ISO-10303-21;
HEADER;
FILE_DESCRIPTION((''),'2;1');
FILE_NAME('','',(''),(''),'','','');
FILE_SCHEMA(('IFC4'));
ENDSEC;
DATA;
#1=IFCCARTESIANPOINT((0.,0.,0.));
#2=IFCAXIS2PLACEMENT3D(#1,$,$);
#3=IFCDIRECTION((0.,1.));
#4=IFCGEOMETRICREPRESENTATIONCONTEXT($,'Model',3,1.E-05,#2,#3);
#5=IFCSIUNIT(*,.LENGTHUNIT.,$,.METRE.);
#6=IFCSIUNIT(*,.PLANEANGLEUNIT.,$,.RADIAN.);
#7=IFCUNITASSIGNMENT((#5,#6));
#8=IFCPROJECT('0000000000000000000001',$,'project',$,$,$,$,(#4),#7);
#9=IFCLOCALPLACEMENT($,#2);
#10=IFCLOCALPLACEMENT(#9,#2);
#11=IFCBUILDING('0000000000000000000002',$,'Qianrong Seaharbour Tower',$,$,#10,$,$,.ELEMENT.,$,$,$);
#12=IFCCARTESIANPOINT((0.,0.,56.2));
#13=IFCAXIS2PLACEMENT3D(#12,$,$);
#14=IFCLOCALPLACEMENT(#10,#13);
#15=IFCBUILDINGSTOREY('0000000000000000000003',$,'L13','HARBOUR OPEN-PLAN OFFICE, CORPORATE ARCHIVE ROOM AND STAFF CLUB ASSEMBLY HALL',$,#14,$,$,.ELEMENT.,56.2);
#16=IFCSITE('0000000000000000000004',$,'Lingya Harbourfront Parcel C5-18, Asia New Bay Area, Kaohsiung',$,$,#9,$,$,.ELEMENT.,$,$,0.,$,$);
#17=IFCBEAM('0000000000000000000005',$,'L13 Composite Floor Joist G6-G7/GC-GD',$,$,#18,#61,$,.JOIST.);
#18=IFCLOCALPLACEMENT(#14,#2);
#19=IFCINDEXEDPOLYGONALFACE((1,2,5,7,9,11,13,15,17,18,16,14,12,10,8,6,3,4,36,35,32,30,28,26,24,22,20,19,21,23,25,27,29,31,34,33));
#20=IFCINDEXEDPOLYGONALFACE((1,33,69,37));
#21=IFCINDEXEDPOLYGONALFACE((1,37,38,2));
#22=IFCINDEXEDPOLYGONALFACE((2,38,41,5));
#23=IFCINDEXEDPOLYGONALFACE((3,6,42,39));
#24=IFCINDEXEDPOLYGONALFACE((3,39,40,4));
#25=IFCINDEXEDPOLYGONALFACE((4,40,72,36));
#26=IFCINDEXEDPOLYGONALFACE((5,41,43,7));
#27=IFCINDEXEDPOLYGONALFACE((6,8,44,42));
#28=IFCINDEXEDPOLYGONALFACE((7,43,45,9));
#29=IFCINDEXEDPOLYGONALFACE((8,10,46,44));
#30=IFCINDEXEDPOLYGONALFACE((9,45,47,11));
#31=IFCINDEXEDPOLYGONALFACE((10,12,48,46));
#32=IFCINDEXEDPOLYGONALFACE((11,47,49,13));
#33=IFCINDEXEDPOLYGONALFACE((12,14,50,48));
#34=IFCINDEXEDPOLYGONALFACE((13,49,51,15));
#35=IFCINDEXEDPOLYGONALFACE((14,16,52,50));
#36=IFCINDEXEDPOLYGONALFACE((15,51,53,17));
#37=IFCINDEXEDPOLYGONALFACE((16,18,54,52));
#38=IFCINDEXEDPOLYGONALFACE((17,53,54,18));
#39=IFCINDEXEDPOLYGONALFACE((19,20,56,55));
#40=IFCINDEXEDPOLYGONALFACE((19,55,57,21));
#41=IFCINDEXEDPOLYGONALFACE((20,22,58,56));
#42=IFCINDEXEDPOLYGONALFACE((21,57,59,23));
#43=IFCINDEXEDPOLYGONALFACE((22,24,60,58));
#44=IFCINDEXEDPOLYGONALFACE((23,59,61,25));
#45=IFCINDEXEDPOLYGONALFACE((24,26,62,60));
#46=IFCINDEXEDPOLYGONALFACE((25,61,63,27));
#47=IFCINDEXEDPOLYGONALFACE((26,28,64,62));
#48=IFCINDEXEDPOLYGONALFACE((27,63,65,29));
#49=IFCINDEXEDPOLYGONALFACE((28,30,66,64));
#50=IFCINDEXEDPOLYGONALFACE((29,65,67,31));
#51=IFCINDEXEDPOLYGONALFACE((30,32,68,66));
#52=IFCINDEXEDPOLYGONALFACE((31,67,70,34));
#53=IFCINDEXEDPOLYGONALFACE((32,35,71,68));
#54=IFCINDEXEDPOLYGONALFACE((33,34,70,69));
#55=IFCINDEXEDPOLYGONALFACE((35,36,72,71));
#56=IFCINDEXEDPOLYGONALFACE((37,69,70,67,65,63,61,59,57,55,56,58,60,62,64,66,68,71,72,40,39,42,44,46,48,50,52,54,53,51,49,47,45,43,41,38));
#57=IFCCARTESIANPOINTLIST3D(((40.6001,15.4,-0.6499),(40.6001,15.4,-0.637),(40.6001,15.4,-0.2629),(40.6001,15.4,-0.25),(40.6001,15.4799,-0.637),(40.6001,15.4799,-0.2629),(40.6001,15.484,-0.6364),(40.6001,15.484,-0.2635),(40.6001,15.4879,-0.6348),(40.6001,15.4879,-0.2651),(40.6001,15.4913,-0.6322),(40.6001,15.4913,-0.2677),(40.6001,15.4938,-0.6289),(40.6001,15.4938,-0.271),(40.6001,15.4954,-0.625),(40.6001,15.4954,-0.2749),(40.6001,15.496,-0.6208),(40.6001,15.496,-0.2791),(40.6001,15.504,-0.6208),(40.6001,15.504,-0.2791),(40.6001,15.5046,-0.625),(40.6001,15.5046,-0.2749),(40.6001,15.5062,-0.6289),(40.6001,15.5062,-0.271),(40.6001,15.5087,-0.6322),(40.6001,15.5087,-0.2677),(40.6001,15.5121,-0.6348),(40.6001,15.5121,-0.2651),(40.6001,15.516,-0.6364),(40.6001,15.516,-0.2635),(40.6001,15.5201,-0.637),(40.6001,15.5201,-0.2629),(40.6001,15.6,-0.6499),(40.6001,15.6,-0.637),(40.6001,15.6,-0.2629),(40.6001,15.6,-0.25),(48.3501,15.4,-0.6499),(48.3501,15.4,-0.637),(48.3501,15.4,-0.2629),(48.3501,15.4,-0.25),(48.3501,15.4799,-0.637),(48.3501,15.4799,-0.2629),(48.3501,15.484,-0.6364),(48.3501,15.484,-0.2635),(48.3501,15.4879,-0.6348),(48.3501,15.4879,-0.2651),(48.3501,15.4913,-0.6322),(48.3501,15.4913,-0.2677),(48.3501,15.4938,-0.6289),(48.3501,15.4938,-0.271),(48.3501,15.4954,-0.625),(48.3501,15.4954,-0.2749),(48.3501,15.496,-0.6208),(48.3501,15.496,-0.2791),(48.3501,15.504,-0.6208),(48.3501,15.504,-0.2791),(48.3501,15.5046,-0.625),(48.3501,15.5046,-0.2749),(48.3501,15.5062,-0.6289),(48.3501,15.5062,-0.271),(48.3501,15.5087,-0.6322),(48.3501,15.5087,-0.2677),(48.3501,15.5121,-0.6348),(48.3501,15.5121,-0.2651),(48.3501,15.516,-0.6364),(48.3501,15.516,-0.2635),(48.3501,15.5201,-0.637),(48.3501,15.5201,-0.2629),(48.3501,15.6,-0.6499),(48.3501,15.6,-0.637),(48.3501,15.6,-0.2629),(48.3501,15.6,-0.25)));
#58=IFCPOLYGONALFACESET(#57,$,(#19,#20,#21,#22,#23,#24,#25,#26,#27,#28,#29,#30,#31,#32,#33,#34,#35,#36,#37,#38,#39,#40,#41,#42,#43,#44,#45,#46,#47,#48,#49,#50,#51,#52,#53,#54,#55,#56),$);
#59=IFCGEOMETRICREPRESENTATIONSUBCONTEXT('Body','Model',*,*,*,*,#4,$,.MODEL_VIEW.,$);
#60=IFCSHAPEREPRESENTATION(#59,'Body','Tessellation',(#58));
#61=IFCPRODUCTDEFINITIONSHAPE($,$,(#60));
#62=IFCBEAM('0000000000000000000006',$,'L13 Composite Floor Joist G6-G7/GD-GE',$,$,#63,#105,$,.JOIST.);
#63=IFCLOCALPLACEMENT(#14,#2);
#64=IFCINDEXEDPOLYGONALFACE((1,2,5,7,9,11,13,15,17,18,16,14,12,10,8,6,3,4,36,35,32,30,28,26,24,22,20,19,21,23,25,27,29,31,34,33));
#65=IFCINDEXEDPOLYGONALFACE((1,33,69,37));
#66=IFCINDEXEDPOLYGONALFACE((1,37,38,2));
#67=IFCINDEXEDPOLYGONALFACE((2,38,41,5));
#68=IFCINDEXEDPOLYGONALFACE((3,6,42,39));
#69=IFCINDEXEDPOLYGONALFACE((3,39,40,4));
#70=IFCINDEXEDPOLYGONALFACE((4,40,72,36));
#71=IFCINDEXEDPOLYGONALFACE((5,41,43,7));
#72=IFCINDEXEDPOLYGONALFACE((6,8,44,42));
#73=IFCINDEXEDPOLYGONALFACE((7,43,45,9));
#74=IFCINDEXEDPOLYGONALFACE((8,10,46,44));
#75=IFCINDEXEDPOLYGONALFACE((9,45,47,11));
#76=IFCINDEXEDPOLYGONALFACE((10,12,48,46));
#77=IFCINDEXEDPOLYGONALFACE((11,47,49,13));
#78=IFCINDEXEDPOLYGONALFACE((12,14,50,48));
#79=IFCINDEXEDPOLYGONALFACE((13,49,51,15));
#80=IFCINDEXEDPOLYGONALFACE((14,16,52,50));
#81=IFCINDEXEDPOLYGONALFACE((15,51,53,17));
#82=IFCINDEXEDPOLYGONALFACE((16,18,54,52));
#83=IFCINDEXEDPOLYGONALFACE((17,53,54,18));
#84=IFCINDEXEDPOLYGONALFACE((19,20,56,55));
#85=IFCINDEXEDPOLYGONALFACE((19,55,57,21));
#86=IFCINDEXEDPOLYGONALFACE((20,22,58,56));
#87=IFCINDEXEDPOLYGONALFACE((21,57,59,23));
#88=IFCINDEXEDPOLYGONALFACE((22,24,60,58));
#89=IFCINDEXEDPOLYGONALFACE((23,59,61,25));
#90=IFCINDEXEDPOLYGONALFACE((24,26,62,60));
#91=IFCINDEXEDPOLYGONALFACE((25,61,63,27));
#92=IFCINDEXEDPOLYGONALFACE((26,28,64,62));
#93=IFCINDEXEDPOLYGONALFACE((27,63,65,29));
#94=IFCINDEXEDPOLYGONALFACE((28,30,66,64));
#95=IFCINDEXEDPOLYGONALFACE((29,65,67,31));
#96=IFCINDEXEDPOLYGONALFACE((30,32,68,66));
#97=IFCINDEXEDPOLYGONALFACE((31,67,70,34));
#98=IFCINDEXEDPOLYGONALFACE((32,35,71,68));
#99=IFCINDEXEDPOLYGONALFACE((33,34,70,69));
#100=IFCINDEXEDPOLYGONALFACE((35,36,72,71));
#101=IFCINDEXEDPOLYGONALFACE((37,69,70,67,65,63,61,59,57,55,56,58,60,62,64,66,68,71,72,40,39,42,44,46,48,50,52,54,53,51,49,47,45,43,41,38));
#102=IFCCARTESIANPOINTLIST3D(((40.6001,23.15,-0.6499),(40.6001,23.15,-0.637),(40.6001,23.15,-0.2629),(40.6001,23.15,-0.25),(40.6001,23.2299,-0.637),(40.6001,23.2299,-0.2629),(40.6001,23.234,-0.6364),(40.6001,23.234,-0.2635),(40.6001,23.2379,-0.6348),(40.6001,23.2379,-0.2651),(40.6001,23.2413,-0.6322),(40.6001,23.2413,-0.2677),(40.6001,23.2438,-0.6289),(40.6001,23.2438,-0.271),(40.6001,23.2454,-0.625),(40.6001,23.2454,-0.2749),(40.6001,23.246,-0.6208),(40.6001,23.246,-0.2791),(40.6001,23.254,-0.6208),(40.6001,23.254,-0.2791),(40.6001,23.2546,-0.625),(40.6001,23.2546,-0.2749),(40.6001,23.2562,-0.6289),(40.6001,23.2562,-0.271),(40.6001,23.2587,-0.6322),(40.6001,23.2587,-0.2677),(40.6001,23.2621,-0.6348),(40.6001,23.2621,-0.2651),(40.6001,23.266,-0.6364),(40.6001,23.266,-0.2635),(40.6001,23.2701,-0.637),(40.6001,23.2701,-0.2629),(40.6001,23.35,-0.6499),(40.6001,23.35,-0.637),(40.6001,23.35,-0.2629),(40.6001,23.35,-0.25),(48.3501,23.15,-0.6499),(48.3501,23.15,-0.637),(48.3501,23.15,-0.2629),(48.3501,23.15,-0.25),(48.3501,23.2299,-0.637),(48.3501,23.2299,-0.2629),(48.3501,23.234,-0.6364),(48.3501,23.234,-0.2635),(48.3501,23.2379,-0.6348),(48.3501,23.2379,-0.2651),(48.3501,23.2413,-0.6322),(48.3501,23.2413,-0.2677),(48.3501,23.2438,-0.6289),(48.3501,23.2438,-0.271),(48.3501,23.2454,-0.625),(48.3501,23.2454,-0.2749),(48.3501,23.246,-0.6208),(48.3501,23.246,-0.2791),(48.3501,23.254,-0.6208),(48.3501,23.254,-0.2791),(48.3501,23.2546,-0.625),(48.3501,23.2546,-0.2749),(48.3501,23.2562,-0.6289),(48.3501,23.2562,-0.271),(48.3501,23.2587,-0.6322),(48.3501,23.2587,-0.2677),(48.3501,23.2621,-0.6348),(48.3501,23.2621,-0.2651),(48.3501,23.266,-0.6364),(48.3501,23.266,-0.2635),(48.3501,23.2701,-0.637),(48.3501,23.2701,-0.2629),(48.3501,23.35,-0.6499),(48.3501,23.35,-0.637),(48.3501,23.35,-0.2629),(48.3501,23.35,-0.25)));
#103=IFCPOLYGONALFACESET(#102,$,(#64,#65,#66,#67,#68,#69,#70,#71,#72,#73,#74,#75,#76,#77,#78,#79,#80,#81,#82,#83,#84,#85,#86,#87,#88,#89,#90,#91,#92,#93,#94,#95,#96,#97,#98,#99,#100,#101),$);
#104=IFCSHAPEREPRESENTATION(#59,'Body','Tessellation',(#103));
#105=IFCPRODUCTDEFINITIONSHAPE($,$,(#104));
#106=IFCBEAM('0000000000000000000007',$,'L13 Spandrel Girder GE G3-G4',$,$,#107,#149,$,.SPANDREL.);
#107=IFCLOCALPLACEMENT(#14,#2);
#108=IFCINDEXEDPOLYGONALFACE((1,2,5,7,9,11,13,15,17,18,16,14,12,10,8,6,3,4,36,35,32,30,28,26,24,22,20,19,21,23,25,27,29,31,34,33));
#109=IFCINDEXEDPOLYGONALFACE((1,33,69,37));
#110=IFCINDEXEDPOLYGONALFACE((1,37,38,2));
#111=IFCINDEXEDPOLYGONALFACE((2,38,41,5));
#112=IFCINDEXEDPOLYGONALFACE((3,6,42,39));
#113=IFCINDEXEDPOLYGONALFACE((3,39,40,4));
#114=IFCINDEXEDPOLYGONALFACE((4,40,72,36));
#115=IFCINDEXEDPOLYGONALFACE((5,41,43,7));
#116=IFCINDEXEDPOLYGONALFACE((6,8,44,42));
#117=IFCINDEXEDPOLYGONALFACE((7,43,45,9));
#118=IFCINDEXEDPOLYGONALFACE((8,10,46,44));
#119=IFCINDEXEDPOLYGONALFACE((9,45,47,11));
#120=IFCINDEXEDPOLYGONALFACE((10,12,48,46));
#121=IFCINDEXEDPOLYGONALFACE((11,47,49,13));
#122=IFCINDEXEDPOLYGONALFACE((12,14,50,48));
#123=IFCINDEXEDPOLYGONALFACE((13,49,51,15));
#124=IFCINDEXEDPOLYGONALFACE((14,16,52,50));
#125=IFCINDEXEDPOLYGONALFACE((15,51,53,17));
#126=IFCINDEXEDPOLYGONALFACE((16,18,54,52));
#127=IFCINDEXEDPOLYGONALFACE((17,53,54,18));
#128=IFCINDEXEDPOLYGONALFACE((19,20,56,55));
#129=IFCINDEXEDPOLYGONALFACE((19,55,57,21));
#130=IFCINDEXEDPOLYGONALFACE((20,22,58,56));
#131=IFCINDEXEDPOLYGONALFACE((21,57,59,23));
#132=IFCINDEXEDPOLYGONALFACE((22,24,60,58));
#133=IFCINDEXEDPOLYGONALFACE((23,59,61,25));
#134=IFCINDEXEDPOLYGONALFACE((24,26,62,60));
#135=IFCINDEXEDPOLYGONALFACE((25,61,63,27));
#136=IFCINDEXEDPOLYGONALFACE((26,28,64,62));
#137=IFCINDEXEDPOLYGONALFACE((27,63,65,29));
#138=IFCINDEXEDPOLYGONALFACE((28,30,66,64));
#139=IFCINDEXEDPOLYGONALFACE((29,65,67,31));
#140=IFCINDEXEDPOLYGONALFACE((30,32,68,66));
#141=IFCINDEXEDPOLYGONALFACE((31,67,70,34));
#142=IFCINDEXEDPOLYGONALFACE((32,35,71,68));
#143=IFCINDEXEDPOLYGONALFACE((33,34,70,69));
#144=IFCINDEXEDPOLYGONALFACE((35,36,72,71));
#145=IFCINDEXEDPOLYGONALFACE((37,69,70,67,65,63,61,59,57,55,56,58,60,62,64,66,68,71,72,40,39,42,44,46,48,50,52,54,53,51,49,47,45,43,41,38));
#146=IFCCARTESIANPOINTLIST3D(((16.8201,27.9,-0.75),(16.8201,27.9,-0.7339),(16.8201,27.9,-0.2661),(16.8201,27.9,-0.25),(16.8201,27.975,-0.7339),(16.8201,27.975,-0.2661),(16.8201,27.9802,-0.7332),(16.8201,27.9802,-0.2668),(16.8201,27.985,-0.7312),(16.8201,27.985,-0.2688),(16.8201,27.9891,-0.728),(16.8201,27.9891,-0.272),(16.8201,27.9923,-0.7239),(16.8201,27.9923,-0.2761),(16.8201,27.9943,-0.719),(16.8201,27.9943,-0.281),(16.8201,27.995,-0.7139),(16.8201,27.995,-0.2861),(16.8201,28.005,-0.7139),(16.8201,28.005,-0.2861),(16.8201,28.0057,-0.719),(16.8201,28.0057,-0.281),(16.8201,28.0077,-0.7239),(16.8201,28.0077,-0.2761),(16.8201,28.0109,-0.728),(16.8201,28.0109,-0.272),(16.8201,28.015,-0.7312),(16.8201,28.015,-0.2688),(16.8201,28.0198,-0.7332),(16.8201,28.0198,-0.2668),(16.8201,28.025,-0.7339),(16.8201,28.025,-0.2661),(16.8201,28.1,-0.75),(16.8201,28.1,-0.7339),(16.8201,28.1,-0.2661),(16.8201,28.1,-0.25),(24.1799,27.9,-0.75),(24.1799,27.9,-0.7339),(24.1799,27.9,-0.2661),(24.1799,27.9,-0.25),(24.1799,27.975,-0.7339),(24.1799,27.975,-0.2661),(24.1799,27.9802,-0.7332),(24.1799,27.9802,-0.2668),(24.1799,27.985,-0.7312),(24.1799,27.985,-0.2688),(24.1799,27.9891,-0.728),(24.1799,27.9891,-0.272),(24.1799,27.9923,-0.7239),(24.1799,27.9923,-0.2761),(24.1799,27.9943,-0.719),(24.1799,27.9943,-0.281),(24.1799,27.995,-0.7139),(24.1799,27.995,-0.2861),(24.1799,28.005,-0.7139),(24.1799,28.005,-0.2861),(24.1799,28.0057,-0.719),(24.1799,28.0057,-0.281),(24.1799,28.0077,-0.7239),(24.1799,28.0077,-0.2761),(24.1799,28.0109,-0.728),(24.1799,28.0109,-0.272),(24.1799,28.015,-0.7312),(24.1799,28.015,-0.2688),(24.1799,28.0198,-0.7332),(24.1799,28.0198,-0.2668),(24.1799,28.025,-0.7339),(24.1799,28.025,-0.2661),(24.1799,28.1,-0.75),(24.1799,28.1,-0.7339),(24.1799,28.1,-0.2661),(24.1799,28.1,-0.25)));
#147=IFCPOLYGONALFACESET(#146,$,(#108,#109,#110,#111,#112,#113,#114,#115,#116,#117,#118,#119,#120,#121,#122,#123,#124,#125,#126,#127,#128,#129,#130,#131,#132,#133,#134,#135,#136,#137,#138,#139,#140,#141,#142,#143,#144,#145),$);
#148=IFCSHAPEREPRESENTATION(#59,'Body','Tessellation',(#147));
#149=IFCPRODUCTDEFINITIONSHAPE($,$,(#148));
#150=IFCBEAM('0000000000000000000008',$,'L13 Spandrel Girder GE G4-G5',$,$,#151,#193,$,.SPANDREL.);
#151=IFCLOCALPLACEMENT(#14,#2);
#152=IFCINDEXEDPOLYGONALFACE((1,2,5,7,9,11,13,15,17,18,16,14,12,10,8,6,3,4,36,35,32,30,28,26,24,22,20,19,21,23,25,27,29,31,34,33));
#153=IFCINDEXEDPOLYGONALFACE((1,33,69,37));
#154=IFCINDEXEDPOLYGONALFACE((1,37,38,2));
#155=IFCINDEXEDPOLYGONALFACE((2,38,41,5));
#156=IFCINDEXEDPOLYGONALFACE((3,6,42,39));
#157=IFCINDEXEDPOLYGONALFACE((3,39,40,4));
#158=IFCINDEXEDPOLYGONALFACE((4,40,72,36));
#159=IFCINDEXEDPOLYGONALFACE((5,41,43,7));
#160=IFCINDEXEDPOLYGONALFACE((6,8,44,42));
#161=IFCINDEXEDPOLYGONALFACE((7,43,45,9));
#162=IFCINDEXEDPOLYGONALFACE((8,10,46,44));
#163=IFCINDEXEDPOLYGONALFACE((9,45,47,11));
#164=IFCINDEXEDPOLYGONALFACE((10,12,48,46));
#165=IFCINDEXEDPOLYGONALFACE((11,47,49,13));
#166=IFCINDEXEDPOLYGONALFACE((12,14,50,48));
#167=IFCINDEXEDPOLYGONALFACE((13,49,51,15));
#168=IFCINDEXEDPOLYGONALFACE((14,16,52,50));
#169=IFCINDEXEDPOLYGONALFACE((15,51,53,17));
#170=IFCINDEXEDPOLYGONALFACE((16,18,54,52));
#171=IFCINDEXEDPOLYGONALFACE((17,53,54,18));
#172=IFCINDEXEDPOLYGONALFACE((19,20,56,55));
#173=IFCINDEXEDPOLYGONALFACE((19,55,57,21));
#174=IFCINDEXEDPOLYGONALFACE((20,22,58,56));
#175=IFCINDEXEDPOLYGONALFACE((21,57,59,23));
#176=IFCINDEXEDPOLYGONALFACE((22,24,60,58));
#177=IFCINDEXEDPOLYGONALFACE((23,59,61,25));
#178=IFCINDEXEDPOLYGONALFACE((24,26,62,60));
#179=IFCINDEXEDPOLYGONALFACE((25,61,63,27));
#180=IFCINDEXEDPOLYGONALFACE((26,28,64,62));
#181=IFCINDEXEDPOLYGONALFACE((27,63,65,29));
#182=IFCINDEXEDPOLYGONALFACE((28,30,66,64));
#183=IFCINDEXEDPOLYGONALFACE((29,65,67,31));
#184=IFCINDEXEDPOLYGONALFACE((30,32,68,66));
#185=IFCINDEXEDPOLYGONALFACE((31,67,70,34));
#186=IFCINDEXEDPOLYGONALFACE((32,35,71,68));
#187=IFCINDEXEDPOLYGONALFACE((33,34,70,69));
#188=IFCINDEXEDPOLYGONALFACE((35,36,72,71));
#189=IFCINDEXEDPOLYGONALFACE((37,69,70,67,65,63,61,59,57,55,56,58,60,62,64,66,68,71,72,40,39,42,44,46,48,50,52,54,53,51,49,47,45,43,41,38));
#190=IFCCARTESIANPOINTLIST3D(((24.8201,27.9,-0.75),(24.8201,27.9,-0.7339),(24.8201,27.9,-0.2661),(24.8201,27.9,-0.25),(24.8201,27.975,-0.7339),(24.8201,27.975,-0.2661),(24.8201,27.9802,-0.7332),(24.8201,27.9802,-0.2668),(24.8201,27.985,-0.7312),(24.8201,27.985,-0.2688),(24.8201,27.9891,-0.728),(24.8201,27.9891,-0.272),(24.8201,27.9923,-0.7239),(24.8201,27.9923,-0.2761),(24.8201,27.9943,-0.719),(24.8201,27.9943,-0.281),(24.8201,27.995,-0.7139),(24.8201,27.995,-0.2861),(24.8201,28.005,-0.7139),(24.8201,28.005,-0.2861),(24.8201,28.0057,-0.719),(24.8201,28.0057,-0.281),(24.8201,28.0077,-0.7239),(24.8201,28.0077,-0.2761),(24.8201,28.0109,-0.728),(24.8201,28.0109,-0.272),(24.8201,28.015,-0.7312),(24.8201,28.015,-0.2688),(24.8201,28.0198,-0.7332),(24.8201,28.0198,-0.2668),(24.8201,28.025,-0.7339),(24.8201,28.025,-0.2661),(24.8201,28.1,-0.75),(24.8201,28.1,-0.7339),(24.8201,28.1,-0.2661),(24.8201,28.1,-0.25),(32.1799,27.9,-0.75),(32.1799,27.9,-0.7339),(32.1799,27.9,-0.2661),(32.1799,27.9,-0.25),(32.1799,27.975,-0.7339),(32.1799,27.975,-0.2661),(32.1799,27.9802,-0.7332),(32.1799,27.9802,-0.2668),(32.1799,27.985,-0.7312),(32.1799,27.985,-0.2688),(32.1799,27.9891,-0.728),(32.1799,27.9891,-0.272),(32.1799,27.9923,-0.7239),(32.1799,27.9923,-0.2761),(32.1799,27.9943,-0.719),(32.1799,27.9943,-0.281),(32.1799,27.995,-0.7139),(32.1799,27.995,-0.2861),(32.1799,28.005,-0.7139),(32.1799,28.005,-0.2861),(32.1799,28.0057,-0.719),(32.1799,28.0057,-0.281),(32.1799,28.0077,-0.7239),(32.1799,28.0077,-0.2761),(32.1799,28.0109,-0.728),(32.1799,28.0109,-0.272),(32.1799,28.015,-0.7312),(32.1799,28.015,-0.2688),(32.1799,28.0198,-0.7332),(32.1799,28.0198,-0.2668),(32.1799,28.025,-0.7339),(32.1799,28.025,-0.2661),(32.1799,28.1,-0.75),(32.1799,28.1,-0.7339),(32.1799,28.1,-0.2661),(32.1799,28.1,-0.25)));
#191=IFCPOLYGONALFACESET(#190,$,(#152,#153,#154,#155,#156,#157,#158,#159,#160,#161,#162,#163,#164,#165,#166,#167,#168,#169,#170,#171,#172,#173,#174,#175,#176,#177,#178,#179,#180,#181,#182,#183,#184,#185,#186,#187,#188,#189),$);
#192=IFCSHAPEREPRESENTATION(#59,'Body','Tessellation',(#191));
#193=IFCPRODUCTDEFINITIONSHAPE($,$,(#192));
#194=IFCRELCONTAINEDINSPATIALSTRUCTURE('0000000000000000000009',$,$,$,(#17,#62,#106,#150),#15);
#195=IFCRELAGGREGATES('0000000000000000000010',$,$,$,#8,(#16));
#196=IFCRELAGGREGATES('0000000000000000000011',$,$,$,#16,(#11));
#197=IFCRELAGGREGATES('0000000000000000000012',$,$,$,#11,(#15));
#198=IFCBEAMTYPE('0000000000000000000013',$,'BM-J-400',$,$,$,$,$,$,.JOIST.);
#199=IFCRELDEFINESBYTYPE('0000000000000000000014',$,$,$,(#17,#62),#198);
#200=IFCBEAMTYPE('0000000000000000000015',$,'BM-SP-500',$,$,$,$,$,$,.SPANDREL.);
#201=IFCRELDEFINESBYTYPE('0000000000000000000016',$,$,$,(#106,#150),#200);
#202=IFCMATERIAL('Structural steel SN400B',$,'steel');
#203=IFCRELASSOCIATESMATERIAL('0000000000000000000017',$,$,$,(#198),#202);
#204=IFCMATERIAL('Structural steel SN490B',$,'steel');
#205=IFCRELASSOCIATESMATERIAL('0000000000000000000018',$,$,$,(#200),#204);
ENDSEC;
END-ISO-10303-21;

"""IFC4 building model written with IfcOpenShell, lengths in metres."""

from ifc_helpers import new_model, si_unit, direction, frame, origin, origin_2d, place, context, subcontext, project, spatial, i_section, extrude, material, material_profile, profile_set, type_object, element, save


model = new_model("IFC4")

# Units and contexts
model_context = context("Model", 3, precision=1e-05, world=origin(), true_north=direction((0.0, 1.0)))
body_context = subcontext(model_context, "Body", "Model", "MODEL_VIEW")
ifc_project = project(units=[si_unit("LENGTHUNIT", "METRE"), si_unit("PLANEANGLEUNIT", "RADIAN")], contexts=[model_context])

# Site, building, storey
site_placement = place(None, origin())
site = spatial("IfcSite", under=ifc_project, at=site_placement, Name="Lingya Harbourfront Parcel C5-18, Asia New Bay Area, Kaohsiung", CompositionType="ELEMENT", RefElevation=0.0)
building_placement = place(site_placement, origin())
building = spatial("IfcBuilding", under=site, at=building_placement, Name="Qianrong Seaharbour Tower", CompositionType="ELEMENT")
storey_placement = place(building_placement, frame((0.0, 0.0, 56.2)))
storey = spatial("IfcBuildingStorey", under=building, at=storey_placement, Name="L13", Description="HARBOUR OPEN-PLAN OFFICE, CORPORATE ARCHIVE ROOM AND STAFF CLUB ASSEMBLY HALL", CompositionType="ELEMENT", Elevation=56.2)

# Shared definitions
ifc_material_1 = material(Name="Structural steel SN490B", Category="steel")

# Beams
ifc_material_2 = material(Name="Structural steel SN400B", Category="steel")
ifc_material_profile_1 = material_profile(ifc_material_2, i_section(OverallWidth=0.2, OverallDepth=0.3999, WebThickness=0.0081, FlangeThickness=0.0129, FilletRadius=0.0161, at=origin_2d()), Name="H400x200x8x13")
ifc_profile_set_1 = profile_set([ifc_material_profile_1], Name="Structural steel SN400B")
beam_type_1 = type_object("IfcBeamType", Name="BM-J-400", PredefinedType="JOIST", material=ifc_profile_set_1)
for number, where, z_axis, x_axis, name in (
    (1, (40.6001, 15.5, -0.45), (1.0, 0.0, 0.0), (0.0, 1.0, 0.0), "L13 Composite Floor Joist G6-G7/GC-GD"),
    (2, (40.6001, 23.25, -0.45), (1.0, 0.0, 0.0), (0.0, 1.0, 0.0), "L13 Composite Floor Joist G6-G7/GD-GE"),
):
    element("IfcBeam", number, at=place(storey_placement, frame(where, z_axis=z_axis, x_axis=x_axis)), inside=storey, type_object=beam_type_1, Name=name, PredefinedType="JOIST", context=body_context, shape_type="SweptSolid", body=[
        extrude(i_section(OverallWidth=0.2, OverallDepth=0.3999, WebThickness=0.0081, FlangeThickness=0.0129, FilletRadius=0.0161, at=origin_2d()), origin(), (0.0, 0.0, 1.0), 7.75),
    ])
ifc_material_profile_2 = material_profile(ifc_material_1, i_section(OverallWidth=0.2, OverallDepth=0.5, WebThickness=0.01, FlangeThickness=0.0161, FilletRadius=0.02, at=origin_2d()), Name="H500x200x10x16")
ifc_profile_set_2 = profile_set([ifc_material_profile_2], Name="Structural steel SN490B")
beam_type_2 = type_object("IfcBeamType", Name="BM-SP-500", PredefinedType="SPANDREL", material=ifc_profile_set_2)
for number, where, z_axis, x_axis, name in (
    (3, (16.8201, 28.0, -0.5), (1.0, 0.0, 0.0), (0.0, 1.0, 0.0), "L13 Spandrel Girder GE G3-G4"),
    (4, (24.8201, 28.0, -0.5), (1.0, 0.0, 0.0), (0.0, 1.0, 0.0), "L13 Spandrel Girder GE G4-G5"),
):
    element("IfcBeam", number, at=place(storey_placement, frame(where, z_axis=z_axis, x_axis=x_axis)), inside=storey, type_object=beam_type_2, Name=name, PredefinedType="SPANDREL", context=body_context, shape_type="SweptSolid", body=[
        extrude(i_section(OverallWidth=0.2, OverallDepth=0.5, WebThickness=0.01, FlangeThickness=0.0161, FilletRadius=0.02, at=origin_2d()), origin(), (0.0, 0.0, 1.0), 7.3599),
    ])

save(model, "model.ifc")
